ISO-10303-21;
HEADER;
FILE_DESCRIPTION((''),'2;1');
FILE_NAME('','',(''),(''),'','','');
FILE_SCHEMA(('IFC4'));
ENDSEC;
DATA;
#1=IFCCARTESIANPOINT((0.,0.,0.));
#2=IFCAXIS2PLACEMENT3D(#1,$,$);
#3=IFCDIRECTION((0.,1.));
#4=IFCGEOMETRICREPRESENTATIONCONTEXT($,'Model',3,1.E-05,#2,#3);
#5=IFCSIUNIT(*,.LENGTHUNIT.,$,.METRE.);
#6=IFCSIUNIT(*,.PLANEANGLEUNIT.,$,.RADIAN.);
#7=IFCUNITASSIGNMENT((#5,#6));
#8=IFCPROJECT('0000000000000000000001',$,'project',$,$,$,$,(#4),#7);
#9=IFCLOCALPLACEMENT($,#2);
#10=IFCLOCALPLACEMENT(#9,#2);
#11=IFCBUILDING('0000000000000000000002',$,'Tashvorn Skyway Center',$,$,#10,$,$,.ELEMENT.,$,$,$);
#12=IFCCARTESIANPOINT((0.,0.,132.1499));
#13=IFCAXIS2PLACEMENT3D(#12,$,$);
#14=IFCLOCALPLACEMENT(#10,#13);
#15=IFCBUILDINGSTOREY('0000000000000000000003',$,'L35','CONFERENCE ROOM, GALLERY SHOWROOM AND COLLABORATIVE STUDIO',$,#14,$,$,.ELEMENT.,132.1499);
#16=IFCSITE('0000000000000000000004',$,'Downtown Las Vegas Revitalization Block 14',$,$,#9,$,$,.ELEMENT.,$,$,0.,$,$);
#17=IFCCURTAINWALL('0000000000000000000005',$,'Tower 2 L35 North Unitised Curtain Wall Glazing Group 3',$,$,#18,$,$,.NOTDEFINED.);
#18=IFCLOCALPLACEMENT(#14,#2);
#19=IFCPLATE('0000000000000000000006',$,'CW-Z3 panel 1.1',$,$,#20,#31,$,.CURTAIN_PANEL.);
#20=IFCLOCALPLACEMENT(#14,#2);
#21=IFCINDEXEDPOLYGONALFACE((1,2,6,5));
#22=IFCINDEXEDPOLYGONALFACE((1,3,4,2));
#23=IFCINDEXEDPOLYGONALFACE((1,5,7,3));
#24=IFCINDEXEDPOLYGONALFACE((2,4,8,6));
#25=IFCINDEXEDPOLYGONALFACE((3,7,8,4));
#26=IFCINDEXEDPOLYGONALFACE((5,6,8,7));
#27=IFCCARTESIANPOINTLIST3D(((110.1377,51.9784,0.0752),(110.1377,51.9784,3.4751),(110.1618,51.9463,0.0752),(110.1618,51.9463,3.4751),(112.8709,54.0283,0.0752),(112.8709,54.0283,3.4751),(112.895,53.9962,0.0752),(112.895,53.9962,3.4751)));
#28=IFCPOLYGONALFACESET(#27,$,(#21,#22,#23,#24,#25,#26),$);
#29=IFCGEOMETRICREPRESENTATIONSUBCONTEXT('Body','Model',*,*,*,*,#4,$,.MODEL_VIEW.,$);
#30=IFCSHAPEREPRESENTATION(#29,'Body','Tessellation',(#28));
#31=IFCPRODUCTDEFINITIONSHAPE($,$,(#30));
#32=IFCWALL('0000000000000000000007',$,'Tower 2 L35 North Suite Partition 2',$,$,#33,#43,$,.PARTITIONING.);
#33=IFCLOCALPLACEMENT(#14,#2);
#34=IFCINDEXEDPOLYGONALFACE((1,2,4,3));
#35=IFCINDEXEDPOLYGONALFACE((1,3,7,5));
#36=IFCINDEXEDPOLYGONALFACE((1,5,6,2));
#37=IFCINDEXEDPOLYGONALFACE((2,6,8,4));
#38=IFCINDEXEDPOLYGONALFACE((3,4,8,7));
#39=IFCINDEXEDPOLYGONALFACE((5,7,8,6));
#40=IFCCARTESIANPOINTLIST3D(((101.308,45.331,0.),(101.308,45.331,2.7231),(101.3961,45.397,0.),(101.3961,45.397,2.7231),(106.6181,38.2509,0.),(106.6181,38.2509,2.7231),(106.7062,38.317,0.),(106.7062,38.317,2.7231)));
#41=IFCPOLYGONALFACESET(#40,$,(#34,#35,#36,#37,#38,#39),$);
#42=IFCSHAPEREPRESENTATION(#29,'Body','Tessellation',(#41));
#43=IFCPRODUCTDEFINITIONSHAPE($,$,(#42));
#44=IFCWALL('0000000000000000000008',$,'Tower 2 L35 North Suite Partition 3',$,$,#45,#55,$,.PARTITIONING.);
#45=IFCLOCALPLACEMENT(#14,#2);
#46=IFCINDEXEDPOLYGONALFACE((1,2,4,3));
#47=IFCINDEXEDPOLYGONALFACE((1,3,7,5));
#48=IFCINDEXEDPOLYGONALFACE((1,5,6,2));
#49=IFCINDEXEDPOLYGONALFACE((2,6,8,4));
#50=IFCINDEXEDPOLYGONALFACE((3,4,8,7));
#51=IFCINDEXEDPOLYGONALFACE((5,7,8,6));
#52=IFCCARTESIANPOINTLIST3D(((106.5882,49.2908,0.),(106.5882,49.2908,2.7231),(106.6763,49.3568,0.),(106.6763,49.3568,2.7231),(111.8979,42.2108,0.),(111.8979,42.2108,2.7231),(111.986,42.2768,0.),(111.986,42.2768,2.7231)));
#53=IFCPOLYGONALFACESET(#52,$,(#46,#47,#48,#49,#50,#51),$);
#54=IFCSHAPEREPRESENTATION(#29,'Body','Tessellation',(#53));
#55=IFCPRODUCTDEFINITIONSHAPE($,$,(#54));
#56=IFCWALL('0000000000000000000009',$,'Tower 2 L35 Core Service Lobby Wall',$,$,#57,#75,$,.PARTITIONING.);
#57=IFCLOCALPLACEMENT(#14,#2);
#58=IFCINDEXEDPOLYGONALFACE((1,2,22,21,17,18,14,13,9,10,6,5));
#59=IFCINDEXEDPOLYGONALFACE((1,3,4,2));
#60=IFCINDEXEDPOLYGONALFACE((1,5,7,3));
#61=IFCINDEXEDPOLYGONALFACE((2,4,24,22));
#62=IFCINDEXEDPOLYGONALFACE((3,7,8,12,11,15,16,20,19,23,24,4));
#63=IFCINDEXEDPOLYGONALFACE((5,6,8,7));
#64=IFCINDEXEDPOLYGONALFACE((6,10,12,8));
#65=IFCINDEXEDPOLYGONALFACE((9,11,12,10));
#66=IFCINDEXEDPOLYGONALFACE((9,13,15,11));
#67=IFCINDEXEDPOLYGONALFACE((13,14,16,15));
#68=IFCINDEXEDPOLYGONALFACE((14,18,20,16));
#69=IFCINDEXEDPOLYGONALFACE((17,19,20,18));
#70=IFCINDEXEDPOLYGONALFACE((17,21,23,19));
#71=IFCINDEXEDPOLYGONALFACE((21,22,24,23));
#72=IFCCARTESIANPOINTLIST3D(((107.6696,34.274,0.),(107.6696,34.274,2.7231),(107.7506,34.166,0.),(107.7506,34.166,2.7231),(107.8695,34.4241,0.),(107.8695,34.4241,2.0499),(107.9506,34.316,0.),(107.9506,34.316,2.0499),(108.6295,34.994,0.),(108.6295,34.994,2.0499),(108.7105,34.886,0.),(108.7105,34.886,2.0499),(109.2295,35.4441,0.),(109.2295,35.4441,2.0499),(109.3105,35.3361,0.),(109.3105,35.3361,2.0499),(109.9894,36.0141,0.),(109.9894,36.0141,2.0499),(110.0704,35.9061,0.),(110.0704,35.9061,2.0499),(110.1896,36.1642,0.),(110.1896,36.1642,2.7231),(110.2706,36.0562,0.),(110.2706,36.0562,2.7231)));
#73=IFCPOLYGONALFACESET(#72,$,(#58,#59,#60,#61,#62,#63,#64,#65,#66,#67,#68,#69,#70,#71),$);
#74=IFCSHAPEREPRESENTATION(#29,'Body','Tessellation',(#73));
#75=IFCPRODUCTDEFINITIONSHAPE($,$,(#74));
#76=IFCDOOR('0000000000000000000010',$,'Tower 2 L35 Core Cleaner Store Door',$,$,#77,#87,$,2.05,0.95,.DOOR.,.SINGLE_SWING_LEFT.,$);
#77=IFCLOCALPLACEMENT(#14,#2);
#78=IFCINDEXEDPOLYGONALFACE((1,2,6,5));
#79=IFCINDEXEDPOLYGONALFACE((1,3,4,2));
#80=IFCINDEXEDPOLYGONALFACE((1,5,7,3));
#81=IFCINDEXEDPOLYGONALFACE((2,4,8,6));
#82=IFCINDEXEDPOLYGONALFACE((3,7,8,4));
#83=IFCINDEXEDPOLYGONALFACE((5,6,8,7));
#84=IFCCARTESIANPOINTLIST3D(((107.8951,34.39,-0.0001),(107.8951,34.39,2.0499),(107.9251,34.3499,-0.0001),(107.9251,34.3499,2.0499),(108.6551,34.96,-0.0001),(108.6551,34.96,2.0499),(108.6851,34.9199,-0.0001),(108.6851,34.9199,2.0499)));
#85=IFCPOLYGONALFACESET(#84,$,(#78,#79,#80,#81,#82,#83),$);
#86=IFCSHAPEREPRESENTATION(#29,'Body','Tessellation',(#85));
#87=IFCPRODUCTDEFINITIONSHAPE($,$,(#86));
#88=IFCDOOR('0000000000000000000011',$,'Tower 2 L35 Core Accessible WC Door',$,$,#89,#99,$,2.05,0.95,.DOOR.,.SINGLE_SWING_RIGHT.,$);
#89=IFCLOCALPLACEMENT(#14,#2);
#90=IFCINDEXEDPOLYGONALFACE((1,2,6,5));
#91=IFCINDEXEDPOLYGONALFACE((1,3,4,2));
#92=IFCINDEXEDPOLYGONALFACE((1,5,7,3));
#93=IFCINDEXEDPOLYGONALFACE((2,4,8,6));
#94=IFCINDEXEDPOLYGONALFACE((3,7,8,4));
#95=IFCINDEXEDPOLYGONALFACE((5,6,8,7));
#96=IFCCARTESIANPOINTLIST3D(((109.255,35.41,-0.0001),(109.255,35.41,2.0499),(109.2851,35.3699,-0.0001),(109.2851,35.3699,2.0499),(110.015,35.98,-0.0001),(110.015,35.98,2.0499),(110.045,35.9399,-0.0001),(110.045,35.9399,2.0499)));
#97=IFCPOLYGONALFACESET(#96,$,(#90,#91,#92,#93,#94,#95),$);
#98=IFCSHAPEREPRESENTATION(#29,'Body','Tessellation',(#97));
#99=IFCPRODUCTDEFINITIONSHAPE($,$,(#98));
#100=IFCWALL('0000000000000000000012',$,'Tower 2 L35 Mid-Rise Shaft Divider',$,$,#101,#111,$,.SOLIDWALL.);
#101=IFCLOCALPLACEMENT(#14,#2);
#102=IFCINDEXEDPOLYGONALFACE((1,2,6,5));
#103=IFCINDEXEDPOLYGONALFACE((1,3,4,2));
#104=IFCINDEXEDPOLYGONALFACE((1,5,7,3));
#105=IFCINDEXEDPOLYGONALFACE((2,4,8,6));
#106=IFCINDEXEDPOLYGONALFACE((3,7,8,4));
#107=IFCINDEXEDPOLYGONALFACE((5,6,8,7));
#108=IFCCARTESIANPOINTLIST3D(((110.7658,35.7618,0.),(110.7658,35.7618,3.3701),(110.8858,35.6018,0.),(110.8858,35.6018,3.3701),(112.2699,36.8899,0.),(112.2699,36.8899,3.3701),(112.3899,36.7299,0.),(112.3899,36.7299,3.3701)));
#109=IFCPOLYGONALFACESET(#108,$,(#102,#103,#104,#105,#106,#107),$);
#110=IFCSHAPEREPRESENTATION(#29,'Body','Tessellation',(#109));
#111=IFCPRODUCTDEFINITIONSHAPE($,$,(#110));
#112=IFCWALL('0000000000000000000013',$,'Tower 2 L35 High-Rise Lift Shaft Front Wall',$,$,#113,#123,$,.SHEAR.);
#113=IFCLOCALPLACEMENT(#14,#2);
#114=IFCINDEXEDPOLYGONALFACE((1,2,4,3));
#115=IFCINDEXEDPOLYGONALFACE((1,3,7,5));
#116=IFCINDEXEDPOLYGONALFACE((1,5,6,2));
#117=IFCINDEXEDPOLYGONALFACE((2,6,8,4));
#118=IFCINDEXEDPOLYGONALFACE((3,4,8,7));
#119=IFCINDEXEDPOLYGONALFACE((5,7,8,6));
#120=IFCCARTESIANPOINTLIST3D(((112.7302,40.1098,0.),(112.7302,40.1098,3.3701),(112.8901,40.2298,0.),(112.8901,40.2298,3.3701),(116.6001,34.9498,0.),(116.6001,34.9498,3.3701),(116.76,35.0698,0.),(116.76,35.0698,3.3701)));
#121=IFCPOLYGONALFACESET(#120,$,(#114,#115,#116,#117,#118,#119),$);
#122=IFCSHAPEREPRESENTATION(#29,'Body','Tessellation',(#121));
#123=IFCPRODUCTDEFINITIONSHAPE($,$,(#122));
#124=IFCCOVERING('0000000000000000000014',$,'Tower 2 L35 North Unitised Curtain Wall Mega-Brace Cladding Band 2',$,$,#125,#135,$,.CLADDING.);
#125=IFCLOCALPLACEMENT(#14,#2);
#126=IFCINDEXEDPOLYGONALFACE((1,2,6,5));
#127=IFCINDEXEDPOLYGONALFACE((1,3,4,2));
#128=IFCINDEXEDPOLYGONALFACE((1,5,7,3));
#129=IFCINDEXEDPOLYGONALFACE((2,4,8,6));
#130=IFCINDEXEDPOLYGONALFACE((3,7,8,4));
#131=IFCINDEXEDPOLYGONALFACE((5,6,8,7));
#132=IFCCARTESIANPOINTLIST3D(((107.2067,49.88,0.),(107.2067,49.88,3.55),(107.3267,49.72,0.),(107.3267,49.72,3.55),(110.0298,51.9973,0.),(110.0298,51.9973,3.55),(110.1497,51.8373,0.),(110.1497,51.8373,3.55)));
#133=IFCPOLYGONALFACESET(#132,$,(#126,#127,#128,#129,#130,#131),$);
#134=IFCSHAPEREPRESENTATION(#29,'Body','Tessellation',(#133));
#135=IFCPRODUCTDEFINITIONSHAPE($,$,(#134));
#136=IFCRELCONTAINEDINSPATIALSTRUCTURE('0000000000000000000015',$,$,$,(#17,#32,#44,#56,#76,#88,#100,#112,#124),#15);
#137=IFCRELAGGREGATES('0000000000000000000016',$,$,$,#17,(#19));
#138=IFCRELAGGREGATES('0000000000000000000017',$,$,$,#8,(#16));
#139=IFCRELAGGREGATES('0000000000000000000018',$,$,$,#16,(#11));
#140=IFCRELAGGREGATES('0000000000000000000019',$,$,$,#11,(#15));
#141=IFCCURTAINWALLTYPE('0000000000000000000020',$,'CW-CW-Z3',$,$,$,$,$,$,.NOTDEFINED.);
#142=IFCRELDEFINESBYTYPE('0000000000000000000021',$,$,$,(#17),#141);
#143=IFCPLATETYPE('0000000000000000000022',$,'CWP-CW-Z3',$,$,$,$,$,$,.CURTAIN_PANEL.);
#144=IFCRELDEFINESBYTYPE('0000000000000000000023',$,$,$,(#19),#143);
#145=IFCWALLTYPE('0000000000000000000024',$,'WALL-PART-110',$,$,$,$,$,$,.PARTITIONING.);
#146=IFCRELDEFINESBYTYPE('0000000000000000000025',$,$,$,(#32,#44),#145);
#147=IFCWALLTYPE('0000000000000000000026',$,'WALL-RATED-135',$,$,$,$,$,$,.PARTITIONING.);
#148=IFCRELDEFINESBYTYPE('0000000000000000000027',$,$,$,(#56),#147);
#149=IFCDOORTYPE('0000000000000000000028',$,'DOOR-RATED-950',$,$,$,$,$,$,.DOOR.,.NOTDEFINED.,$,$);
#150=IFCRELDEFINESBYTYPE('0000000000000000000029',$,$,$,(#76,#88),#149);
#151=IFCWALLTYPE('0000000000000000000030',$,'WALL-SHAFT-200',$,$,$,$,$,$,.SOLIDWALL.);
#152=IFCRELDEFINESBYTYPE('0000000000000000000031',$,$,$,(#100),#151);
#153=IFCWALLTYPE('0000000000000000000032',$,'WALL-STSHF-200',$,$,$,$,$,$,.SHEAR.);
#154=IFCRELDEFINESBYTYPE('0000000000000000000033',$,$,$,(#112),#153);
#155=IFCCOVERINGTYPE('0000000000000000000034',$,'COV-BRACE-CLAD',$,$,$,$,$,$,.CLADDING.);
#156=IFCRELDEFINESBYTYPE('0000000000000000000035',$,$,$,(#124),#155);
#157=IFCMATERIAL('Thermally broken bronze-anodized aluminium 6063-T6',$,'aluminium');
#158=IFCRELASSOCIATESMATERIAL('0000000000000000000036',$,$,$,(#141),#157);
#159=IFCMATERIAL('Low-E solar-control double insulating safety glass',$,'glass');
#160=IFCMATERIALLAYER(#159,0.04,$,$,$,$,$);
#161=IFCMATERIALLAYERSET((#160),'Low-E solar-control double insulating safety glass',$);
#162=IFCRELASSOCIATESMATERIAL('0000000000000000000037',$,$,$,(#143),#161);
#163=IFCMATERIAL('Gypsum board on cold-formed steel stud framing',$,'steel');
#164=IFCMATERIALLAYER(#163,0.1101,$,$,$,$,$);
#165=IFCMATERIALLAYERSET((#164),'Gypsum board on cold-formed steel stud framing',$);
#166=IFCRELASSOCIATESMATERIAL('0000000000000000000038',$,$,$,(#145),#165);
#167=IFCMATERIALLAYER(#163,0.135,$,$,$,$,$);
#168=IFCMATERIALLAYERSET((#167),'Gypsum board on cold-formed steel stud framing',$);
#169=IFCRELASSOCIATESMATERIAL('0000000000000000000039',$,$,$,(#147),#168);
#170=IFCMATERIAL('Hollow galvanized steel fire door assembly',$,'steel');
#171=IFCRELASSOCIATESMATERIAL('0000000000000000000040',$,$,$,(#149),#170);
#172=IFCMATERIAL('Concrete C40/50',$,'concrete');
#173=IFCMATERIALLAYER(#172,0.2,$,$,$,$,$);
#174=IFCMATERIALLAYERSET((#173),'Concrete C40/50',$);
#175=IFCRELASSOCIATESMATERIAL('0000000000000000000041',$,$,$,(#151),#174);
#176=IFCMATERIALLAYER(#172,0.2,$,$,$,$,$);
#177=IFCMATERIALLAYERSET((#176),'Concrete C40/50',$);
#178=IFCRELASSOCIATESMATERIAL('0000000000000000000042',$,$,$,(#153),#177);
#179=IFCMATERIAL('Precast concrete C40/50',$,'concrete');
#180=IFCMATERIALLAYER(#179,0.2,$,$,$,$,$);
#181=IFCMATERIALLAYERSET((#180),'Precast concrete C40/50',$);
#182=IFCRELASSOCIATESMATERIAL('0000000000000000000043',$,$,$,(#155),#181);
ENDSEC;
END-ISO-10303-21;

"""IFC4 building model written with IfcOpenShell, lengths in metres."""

from ifc_helpers import new_model, si_unit, direction, frame, frame_2d, origin, origin_2d, place, context, subcontext, project, spatial, rectangle, extrude, material, layer, layer_set, type_object, element, fill, aggregate, save


model = new_model("IFC4")

# Units and contexts
model_context = context("Model", 3, precision=1e-05, world=origin(), true_north=direction((0.0, 1.0)))
body_context = subcontext(model_context, "Body", "Model", "MODEL_VIEW")
ifc_project = project(units=[si_unit("LENGTHUNIT", "METRE"), si_unit("PLANEANGLEUNIT", "RADIAN")], contexts=[model_context])

# Site, building, storey
site_placement = place(None, origin())
site = spatial("IfcSite", under=ifc_project, at=site_placement, Name="Downtown Las Vegas Revitalization Block 14", CompositionType="ELEMENT", RefElevation=0.0)
building_placement = place(site_placement, origin())
building = spatial("IfcBuilding", under=site, at=building_placement, Name="Tashvorn Skyway Center", CompositionType="ELEMENT")
storey_placement = place(building_placement, frame((0.0, 0.0, 132.1499)))
storey = spatial("IfcBuildingStorey", under=building, at=storey_placement, Name="L35", Description="CONFERENCE ROOM, GALLERY SHOWROOM AND COLLABORATIVE STUDIO", CompositionType="ELEMENT", Elevation=132.1499)

# Shared definitions
ifc_material_1 = material(Name="Thermally broken bronze-anodized aluminium 6063-T6", Category="aluminium")
curtain_wall_type = type_object("IfcCurtainWallType", Name="CW-CW-Z3", PredefinedType="NOTDEFINED", material=ifc_material_1)

# Curtain wall, plate
curtain_wall_1_placement = place(storey_placement, origin())
curtain_wall_1 = element("IfcCurtainWall", 1, at=curtain_wall_1_placement, inside=storey, type_object=curtain_wall_type, Name="Tower 2 L35 North Unitised Curtain Wall Glazing Group 3", PredefinedType="NOTDEFINED")
ifc_material_2 = material(Name="Low-E solar-control double insulating safety glass", Category="glass")
ifc_layer_1 = layer(ifc_material_2, 0.04)
ifc_layer_set_1 = layer_set([ifc_layer_1], Name="Low-E solar-control double insulating safety glass")
plate_type = type_object("IfcPlateType", Name="CWP-CW-Z3", PredefinedType="CURTAIN_PANEL", material=ifc_layer_set_1)
plate_placement = place(storey_placement, frame((111.5164, 52.9873, 0.0752), z_axis=(0.0, 0.0, 1.0), x_axis=(0.799997, 0.600005, 0.0)))
plate = element("IfcPlate", 2, at=plate_placement, type_object=plate_type, Name="CW-Z3 panel 1.1", PredefinedType="CURTAIN_PANEL", context=body_context, shape_type="SweptSolid", body=[
    extrude(rectangle(XDim=3.4165, YDim=0.04, at=origin_2d()), origin(), (0.0, 0.0, 1.0), 3.3999),
])
aggregate(curtain_wall_1, [plate])

# Walls
ifc_material_3 = material(Name="Gypsum board on cold-formed steel stud framing", Category="steel")
ifc_layer_2 = layer(ifc_material_3, 0.1101)
ifc_layer_set_2 = layer_set([ifc_layer_2], Name="Gypsum board on cold-formed steel stud framing")
wall_type_1 = type_object("IfcWallType", Name="WALL-PART-110", PredefinedType="PARTITIONING", material=ifc_layer_set_2)
wall_1_placement = place(storey_placement, frame((106.6621, 38.2839, 0.0), z_axis=(0.0, 0.0, 1.0), x_axis=(-0.6, 0.8, 0.0)))
element("IfcWall", 3, at=wall_1_placement, inside=storey, type_object=wall_type_1, Name="Tower 2 L35 North Suite Partition 2", PredefinedType="PARTITIONING", context=body_context, shape_type="SweptSolid", body=[
    extrude(rectangle(XDim=8.8501, YDim=0.1101, at=frame_2d((4.425, 0.0))), origin(), (0.0, 0.0, 1.0), 2.7231),
])
wall_2_placement = place(storey_placement, frame((111.9419, 42.2439, 0.0), z_axis=(0.0, 0.0, 1.0), x_axis=(-0.599982, 0.800013, 0.0)))
element("IfcWall", 4, at=wall_2_placement, inside=storey, type_object=wall_type_1, Name="Tower 2 L35 North Suite Partition 3", PredefinedType="PARTITIONING", context=body_context, shape_type="SweptSolid", body=[
    extrude(rectangle(XDim=8.8499, YDim=0.1101, at=frame_2d((4.4248, 0.0))), origin(), (0.0, 0.0, 1.0), 2.7231),
])

# Wall, openings, doors
ifc_layer_3 = layer(ifc_material_3, 0.135)
ifc_layer_set_3 = layer_set([ifc_layer_3], Name="Gypsum board on cold-formed steel stud framing")
wall_type_2 = type_object("IfcWallType", Name="WALL-RATED-135", PredefinedType="PARTITIONING", material=ifc_layer_set_3)
wall_3_placement = place(storey_placement, frame((107.71, 34.22, 0.0), z_axis=(0.0, 0.0, 1.0), x_axis=(0.799981, 0.600025, 0.0)))
wall_3 = element("IfcWall", 5, at=wall_3_placement, inside=storey, type_object=wall_type_2, Name="Tower 2 L35 Core Service Lobby Wall", PredefinedType="PARTITIONING", context=body_context, shape_type="SweptSolid", body=[
    extrude(rectangle(XDim=3.1501, YDim=0.135, at=frame_2d((1.5752, 0.0))), origin(), (0.0, 0.0, 1.0), 2.7231),
])
opening_1_placement = place(wall_3_placement, frame((0.25, 0.0, 0.0)))
opening_1 = element("IfcOpeningElement", 6, at=opening_1_placement, cuts=wall_3, PredefinedType="OPENING", context=body_context, shape_type="SweptSolid", body=[
    extrude(rectangle(XDim=0.95, YDim=2.05, at=frame_2d((0.4751, 1.0249))), frame((0.0, 0.0774, 0.0), z_axis=(0.0, -1.0, 0.0), x_axis=(1.0, 0.0, 0.0)), (0.0, 0.0, 1.0), 0.155),
])
opening_2_placement = place(wall_3_placement, frame((1.95, 0.0, 0.0)))
opening_2 = element("IfcOpeningElement", 7, at=opening_2_placement, cuts=wall_3, PredefinedType="OPENING", context=body_context, shape_type="SweptSolid", body=[
    extrude(rectangle(XDim=0.95, YDim=2.05, at=frame_2d((0.4751, 1.0249))), frame((0.0, 0.0774, 0.0), z_axis=(0.0, -1.0, 0.0), x_axis=(1.0, 0.0, 0.0)), (0.0, 0.0, 1.0), 0.155),
])
ifc_material_4 = material(Name="Hollow galvanized steel fire door assembly", Category="steel")
door_type = type_object("IfcDoorType", Name="DOOR-RATED-950", OperationType="NOTDEFINED", PredefinedType="DOOR", material=ifc_material_4)
door_1_placement = place(opening_1_placement, origin())
door_1 = element("IfcDoor", 8, at=door_1_placement, inside=storey, type_object=door_type, Name="Tower 2 L35 Core Cleaner Store Door", OperationType="SINGLE_SWING_LEFT", OverallHeight=2.05, OverallWidth=0.95, PredefinedType="DOOR", context=body_context, shape_type="SweptSolid", body=[
    extrude(rectangle(XDim=0.95, YDim=2.05, at=frame_2d((0.4751, 1.0249))), frame((0.0, 0.0249, 0.0), z_axis=(0.0, -1.0, 0.0), x_axis=(1.0, 0.0, 0.0)), (0.0, 0.0, 1.0), 0.05),
])
fill(opening_1, door_1)
door_2_placement = place(opening_2_placement, origin())
door_2 = element("IfcDoor", 9, at=door_2_placement, inside=storey, type_object=door_type, Name="Tower 2 L35 Core Accessible WC Door", OperationType="SINGLE_SWING_RIGHT", OverallHeight=2.05, OverallWidth=0.95, PredefinedType="DOOR", context=body_context, shape_type="SweptSolid", body=[
    extrude(rectangle(XDim=0.95, YDim=2.05, at=frame_2d((0.4751, 1.0249))), frame((0.0, 0.0249, 0.0), z_axis=(0.0, -1.0, 0.0), x_axis=(1.0, 0.0, 0.0)), (0.0, 0.0, 1.0), 0.05),
])
fill(opening_2, door_2)

# Walls
ifc_material_5 = material(Name="Concrete C40/50", Category="concrete")
ifc_layer_4 = layer(ifc_material_5, 0.2)
ifc_layer_set_4 = layer_set([ifc_layer_4], Name="Concrete C40/50")
wall_type_3 = type_object("IfcWallType", Name="WALL-SHAFT-200", PredefinedType="SOLIDWALL", material=ifc_layer_set_4)
wall_4_placement = place(storey_placement, frame((110.8259, 35.6819, 0.0), z_axis=(0.0, 0.0, 1.0), x_axis=(0.799984, 0.600021, 0.0)))
element("IfcWall", 10, at=wall_4_placement, inside=storey, type_object=wall_type_3, Name="Tower 2 L35 Mid-Rise Shaft Divider", PredefinedType="SOLIDWALL", context=body_context, shape_type="SweptSolid", body=[
    extrude(rectangle(XDim=1.8801, YDim=0.2, at=frame_2d((0.9399, 0.0))), origin(), (0.0, 0.0, 1.0), 3.3701),
])
ifc_layer_5 = layer(ifc_material_5, 0.2)
ifc_layer_set_5 = layer_set([ifc_layer_5], Name="Concrete C40/50")
wall_type_4 = type_object("IfcWallType", Name="WALL-STSHF-200", PredefinedType="SHEAR", material=ifc_layer_set_5)
wall_5_placement = place(storey_placement, frame((112.8101, 40.1699, 0.0), z_axis=(0.0, 0.0, 1.0), x_axis=(0.599994, -0.800005, 0.0)))
element("IfcWall", 11, at=wall_5_placement, inside=storey, type_object=wall_type_4, Name="Tower 2 L35 High-Rise Lift Shaft Front Wall", PredefinedType="SHEAR", context=body_context, shape_type="SweptSolid", body=[
    extrude(rectangle(XDim=6.45, YDim=0.2, at=frame_2d((3.2251, 0.0))), origin(), (0.0, 0.0, 1.0), 3.3701),
])

# Covering
ifc_material_6 = material(Name="Precast concrete C40/50", Category="concrete")
ifc_layer_6 = layer(ifc_material_6, 0.2)
ifc_layer_set_6 = layer_set([ifc_layer_6], Name="Precast concrete C40/50")
covering_type = type_object("IfcCoveringType", Name="COV-BRACE-CLAD", PredefinedType="CLADDING", material=ifc_layer_set_6)
covering_placement = place(storey_placement, frame((108.6782, 50.8586, 0.0), z_axis=(0.0, 0.0, 1.0), x_axis=(0.8, 0.6, 0.0)))
element("IfcCovering", 12, at=covering_placement, inside=storey, type_object=covering_type, Name="Tower 2 L35 North Unitised Curtain Wall Mega-Brace Cladding Band 2", PredefinedType="CLADDING", context=body_context, shape_type="SweptSolid", body=[
    extrude(rectangle(XDim=3.5288, YDim=0.2, at=origin_2d()), origin(), (0.0, 0.0, 1.0), 3.55),
])

save(model, "model.ifc")
